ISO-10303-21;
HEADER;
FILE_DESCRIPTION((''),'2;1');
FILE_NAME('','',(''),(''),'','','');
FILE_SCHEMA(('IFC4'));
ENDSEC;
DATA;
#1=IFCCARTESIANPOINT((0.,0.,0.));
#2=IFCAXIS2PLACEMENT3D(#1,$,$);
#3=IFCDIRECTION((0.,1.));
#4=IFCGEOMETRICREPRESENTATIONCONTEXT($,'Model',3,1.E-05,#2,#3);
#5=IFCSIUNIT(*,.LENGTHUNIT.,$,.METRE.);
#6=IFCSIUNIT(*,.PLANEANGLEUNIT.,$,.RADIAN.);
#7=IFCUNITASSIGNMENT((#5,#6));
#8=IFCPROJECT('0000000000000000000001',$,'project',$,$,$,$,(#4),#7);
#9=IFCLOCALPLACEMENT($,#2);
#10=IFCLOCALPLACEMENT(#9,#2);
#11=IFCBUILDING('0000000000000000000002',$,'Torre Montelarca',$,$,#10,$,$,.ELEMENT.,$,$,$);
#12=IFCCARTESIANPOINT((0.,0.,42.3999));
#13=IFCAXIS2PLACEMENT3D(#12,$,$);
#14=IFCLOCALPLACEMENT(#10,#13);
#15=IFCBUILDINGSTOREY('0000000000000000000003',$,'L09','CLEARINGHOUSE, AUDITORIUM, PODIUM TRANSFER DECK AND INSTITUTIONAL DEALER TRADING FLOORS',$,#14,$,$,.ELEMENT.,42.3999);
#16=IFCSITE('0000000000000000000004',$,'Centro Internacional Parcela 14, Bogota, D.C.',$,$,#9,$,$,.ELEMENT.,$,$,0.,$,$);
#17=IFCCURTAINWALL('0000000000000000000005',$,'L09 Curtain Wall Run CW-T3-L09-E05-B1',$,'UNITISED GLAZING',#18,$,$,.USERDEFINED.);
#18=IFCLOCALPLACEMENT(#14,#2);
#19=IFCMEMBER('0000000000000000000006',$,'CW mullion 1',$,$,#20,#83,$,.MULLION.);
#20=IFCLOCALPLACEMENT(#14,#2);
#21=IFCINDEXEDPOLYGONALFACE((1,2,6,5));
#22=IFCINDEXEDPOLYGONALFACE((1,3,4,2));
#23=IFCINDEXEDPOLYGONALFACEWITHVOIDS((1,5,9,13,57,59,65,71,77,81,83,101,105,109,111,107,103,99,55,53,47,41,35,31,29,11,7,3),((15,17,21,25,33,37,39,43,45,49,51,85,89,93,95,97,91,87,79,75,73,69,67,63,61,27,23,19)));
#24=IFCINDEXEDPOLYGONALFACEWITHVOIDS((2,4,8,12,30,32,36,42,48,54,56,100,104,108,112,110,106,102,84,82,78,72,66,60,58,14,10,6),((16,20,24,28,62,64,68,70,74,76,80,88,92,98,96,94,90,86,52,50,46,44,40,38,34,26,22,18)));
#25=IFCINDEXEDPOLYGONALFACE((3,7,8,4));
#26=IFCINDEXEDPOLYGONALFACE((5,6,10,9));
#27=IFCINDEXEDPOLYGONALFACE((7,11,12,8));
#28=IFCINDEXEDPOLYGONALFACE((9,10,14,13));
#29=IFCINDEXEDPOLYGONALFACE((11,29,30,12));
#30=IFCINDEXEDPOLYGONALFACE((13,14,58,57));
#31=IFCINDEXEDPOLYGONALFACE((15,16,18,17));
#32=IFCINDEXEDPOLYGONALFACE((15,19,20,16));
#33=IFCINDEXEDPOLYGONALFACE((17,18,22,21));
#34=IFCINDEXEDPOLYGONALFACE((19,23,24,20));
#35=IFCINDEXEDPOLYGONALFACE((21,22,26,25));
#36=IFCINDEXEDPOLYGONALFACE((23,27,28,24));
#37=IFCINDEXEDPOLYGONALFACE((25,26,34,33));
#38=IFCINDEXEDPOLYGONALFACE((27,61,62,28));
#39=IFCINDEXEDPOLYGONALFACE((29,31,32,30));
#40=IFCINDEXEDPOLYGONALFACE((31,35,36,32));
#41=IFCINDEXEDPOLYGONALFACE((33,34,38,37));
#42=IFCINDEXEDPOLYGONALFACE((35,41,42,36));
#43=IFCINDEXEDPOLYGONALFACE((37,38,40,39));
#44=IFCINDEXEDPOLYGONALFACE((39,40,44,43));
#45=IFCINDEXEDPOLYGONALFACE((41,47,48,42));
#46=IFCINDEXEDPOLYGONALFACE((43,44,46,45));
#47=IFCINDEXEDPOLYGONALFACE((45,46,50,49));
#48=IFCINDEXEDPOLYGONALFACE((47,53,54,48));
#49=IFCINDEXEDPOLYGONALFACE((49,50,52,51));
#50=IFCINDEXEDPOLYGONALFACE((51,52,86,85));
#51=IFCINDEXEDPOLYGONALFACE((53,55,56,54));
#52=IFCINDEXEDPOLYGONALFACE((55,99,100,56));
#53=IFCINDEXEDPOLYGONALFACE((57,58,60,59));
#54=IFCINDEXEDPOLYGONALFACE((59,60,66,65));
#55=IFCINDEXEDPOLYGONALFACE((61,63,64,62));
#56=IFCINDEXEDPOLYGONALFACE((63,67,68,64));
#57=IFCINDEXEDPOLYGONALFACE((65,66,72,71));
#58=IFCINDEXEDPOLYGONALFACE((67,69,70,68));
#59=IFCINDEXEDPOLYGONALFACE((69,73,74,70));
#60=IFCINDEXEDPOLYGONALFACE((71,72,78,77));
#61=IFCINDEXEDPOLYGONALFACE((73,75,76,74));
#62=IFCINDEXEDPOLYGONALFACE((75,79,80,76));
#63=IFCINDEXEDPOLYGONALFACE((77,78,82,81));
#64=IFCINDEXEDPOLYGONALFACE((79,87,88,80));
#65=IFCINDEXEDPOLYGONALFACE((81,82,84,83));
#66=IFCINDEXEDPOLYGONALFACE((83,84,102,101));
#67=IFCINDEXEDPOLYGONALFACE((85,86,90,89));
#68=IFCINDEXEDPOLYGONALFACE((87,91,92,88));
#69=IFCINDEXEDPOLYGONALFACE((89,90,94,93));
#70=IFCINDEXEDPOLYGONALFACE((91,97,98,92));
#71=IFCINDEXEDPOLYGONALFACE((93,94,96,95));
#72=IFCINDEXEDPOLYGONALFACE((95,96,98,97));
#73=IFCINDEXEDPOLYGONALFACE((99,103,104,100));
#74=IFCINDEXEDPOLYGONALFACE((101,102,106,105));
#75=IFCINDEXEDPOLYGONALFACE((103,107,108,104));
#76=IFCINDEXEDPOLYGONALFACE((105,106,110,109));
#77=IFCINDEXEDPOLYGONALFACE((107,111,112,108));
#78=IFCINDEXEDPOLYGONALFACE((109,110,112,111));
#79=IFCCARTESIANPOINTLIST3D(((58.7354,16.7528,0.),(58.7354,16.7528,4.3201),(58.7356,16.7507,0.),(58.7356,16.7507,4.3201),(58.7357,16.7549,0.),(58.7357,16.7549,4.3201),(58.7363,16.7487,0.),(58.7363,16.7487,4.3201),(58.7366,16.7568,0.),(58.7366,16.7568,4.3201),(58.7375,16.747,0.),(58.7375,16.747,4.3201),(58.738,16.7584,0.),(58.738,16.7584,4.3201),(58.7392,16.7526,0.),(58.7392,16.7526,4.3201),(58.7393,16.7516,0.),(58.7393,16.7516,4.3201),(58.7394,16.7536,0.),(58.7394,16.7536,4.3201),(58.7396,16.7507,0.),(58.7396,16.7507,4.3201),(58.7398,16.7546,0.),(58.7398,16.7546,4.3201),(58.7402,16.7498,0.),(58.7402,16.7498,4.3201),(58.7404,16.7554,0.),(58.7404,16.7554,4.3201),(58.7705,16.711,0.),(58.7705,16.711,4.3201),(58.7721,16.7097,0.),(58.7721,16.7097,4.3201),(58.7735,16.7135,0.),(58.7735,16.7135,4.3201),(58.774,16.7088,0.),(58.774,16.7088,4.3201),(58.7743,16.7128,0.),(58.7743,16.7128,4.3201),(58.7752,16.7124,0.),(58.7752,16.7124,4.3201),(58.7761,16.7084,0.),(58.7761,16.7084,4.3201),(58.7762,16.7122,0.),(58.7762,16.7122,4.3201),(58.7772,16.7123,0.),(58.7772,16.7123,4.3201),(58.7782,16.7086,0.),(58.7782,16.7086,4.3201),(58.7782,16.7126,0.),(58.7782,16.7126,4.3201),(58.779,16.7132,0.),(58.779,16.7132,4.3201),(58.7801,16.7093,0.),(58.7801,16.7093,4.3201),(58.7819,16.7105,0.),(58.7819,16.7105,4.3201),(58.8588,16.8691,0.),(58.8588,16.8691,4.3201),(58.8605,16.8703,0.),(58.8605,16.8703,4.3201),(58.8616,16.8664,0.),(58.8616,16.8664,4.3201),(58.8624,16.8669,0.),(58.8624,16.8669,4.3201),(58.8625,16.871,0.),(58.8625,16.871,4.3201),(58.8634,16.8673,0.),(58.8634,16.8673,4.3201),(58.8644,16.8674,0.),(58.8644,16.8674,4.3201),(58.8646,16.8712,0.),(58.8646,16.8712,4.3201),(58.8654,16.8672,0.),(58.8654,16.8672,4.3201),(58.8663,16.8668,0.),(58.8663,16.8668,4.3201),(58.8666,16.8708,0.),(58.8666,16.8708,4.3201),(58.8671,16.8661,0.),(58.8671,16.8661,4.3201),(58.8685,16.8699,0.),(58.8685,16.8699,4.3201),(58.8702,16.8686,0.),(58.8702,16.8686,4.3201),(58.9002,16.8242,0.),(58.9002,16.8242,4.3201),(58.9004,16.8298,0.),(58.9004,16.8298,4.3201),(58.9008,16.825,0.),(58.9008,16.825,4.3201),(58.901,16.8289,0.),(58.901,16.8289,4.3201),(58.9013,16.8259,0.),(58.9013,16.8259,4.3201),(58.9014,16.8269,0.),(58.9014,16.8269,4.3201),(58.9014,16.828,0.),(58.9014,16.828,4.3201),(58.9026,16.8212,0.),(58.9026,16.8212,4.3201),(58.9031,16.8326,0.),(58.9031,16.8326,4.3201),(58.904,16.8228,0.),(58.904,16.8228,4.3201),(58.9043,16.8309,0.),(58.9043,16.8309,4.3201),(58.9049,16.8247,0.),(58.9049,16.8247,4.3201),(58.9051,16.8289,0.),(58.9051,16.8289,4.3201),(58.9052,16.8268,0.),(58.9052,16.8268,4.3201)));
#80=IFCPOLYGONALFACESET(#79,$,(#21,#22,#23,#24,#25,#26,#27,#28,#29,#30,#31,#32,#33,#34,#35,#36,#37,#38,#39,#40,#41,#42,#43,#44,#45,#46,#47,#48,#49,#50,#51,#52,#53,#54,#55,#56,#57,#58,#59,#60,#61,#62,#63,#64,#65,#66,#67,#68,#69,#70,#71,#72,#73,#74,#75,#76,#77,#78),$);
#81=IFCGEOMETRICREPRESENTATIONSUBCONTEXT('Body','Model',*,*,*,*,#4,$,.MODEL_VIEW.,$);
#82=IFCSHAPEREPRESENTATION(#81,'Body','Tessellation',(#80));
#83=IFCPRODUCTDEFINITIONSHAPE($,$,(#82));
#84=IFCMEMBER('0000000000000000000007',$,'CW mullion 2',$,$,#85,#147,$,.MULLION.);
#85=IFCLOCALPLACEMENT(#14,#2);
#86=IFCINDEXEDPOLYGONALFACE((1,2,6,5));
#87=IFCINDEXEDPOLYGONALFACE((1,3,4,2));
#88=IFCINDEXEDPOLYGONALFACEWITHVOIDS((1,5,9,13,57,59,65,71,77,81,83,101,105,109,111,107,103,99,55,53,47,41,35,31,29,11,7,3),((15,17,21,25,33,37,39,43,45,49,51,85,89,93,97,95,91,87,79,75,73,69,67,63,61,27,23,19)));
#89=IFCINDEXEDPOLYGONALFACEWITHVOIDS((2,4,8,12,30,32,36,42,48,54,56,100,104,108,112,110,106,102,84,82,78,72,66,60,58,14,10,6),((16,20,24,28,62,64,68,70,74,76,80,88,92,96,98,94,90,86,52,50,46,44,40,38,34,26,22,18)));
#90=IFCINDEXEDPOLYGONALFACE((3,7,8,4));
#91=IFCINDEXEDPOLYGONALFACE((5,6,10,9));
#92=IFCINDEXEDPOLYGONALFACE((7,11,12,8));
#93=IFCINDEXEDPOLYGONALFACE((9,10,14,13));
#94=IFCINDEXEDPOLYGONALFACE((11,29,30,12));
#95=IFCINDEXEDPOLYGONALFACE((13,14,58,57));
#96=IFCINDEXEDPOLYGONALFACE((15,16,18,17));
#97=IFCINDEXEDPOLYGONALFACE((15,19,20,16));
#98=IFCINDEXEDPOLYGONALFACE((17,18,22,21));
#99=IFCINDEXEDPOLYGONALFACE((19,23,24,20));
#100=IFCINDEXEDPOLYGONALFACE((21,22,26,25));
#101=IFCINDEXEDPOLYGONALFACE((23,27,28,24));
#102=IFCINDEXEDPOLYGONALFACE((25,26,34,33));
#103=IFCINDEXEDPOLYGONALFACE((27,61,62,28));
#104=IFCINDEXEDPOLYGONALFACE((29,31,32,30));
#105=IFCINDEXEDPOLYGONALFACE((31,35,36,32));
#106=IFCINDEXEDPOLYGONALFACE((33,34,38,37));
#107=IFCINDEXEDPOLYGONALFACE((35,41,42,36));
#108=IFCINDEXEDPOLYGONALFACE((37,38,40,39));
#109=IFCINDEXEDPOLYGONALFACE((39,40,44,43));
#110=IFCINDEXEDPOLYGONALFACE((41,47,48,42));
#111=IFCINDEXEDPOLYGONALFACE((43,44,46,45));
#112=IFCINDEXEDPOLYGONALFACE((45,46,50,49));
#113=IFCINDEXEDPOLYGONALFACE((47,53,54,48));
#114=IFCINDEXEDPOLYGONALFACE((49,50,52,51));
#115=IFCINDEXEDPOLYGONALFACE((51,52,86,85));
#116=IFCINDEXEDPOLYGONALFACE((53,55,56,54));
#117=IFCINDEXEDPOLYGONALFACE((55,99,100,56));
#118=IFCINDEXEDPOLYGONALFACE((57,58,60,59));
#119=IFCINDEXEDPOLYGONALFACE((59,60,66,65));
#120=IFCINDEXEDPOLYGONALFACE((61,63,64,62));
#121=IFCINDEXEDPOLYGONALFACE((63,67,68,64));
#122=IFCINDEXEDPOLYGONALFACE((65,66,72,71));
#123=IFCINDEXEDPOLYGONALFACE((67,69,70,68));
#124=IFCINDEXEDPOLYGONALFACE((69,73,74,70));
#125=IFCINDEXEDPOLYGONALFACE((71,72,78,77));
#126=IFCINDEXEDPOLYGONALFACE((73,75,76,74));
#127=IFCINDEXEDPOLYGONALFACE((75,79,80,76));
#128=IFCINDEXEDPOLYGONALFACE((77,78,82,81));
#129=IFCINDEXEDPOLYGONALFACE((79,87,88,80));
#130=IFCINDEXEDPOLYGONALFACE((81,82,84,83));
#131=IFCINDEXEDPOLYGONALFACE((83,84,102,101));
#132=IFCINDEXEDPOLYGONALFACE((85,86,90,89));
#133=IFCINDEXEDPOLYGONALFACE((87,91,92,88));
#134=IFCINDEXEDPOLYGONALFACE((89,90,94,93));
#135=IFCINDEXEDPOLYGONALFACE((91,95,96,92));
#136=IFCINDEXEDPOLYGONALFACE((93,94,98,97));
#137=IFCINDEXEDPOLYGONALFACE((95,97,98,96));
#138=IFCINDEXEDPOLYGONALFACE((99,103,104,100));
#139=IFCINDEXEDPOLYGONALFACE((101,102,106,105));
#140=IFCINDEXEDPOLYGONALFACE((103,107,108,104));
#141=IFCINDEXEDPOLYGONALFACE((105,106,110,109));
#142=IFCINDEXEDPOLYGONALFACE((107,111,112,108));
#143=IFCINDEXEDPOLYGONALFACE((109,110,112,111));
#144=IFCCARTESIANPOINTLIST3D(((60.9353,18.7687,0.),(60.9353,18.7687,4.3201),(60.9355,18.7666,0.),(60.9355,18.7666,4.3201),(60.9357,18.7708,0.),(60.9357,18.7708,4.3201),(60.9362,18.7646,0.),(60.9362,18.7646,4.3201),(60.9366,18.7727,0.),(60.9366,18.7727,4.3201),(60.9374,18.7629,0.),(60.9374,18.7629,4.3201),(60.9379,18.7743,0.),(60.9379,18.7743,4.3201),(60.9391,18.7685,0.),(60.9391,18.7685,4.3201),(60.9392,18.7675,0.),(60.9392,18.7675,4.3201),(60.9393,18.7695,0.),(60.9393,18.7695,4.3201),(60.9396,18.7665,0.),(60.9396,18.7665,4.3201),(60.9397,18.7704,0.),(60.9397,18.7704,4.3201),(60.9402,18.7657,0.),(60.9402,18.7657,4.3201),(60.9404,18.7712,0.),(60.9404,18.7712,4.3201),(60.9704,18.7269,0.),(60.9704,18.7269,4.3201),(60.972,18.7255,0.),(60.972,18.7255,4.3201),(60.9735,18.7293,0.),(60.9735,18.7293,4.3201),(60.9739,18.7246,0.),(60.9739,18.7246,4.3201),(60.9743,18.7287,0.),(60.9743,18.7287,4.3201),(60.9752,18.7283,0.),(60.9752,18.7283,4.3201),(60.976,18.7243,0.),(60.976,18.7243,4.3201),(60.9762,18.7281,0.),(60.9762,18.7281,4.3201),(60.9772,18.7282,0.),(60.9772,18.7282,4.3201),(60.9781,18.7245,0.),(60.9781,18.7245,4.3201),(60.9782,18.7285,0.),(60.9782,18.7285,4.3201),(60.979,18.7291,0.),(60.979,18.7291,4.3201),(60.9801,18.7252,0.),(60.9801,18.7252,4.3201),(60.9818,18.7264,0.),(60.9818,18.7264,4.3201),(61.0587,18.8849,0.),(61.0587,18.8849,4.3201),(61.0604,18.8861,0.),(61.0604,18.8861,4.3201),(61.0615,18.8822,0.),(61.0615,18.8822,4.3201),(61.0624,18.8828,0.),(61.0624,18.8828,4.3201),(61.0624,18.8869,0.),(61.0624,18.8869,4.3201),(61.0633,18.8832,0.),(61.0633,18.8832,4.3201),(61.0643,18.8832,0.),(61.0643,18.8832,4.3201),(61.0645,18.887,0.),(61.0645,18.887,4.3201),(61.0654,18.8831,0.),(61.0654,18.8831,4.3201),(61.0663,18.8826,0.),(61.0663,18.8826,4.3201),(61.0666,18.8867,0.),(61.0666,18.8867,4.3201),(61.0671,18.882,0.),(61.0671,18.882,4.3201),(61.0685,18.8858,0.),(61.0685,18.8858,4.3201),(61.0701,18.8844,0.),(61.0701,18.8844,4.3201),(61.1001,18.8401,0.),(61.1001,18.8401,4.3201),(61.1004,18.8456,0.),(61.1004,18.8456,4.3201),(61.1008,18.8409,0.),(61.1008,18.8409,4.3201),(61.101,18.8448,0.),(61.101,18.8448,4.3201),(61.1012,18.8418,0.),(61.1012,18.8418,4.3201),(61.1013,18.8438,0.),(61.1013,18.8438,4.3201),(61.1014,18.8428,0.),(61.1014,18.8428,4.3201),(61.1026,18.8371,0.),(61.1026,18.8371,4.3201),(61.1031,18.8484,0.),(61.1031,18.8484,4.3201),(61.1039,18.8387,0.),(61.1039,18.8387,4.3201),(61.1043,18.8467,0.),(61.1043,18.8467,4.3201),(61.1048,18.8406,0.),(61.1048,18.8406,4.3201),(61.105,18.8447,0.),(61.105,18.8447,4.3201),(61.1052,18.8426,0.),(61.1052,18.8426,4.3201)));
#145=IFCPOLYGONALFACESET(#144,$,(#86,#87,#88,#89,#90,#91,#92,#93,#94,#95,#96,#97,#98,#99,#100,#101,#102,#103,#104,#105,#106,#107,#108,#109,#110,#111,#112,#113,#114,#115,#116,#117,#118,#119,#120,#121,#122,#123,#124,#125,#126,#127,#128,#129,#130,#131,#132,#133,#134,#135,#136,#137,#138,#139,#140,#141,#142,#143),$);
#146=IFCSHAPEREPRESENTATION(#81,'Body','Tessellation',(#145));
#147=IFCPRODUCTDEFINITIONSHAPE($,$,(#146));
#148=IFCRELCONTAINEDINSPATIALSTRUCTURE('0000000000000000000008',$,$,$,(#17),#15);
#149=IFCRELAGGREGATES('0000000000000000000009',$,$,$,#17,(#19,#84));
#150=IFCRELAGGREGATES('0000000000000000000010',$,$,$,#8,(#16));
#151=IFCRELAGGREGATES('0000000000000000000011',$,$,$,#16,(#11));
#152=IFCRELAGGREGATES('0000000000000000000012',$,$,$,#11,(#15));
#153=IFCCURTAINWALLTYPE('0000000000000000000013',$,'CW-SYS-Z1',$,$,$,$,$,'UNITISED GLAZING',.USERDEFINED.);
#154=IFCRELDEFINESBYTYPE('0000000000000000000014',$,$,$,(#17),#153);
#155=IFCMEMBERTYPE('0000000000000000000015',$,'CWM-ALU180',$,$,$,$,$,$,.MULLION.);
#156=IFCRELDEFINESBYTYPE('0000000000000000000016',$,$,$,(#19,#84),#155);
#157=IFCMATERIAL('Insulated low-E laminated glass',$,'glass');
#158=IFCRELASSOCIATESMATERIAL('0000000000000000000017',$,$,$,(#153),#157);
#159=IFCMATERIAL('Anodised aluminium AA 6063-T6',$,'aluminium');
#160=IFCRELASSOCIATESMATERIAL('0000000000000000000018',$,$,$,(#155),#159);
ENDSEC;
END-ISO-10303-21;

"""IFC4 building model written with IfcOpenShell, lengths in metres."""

from ifc_helpers import new_model, si_unit, direction, frame, origin, origin_2d, place, context, subcontext, project, spatial, hollow_rectangle, extrude, source, transform, mapped, material, material_profile, profile_set, type_object, element, aggregate, save


model = new_model("IFC4")

# Units and contexts
model_context = context("Model", 3, precision=1e-05, world=origin(), true_north=direction((0.0, 1.0)))
body_context = subcontext(model_context, "Body", "Model", "MODEL_VIEW")
ifc_project = project(units=[si_unit("LENGTHUNIT", "METRE"), si_unit("PLANEANGLEUNIT", "RADIAN")], contexts=[model_context])

# Site, building, storey
site_placement = place(None, origin())
site = spatial("IfcSite", under=ifc_project, at=site_placement, Name="Centro Internacional Parcela 14, Bogota, D.C.", CompositionType="ELEMENT", RefElevation=0.0)
building_placement = place(site_placement, origin())
building = spatial("IfcBuilding", under=site, at=building_placement, Name="Torre Montelarca", CompositionType="ELEMENT")
storey_placement = place(building_placement, frame((0.0, 0.0, 42.3999)))
storey = spatial("IfcBuildingStorey", under=building, at=storey_placement, Name="L09", Description="CLEARINGHOUSE, AUDITORIUM, PODIUM TRANSFER DECK AND INSTITUTIONAL DEALER TRADING FLOORS", CompositionType="ELEMENT", Elevation=42.3999)

# Curtain wall, members
ifc_material_1 = material(Name="Insulated low-E laminated glass", Category="glass")
curtain_wall_type = type_object("IfcCurtainWallType", Name="CW-SYS-Z1", ElementType="UNITISED GLAZING", PredefinedType="USERDEFINED", material=ifc_material_1)
ifc_material_2 = material(Name="Anodised aluminium AA 6063-T6", Category="aluminium")
ifc_material_profile_1 = material_profile(ifc_material_2, hollow_rectangle(XDim=0.0649, YDim=0.1799, WallThickness=0.0039, InnerFilletRadius=0.0039, OuterFilletRadius=0.0081, at=origin_2d()), Name="ALU65X180X4", Category="aluminium")
ifc_profile_set_1 = profile_set([ifc_material_profile_1], Name="Anodised aluminium AA 6063-T6")
member_type_1 = type_object("IfcMemberType", Name="CWM-ALU180", PredefinedType="MULLION", material=ifc_profile_set_1)
shared_shape_1 = source(origin(), body_context, "Body", "SweptSolid", [
    extrude(hollow_rectangle(XDim=0.0649, YDim=0.1799, WallThickness=0.0039, InnerFilletRadius=0.0039, OuterFilletRadius=0.0081, at=origin_2d()), origin(), (0.0, 0.0, 1.0), 4.3201),
])
curtain_wall_1_placement = place(storey_placement, origin())
curtain_wall_1 = element("IfcCurtainWall", 1, at=curtain_wall_1_placement, inside=storey, type_object=curtain_wall_type, Name="L09 Curtain Wall Run CW-T3-L09-E05-B1", ObjectType="UNITISED GLAZING", PredefinedType="USERDEFINED")
member_1_placement = place(storey_placement, frame((58.8203, 16.7898, 0.0), z_axis=(0.0, 0.0, 1.0), x_axis=(-0.675574, 0.737292, 0.0)))
member_1 = element("IfcMember", 2, at=member_1_placement, type_object=member_type_1, Name="CW mullion 1", PredefinedType="MULLION", context=body_context, shape_type="MappedRepresentation", body=[
    mapped(shared_shape_1, transform((0.0, 0.0, 0.0), scale=1.0)),
])
member_2_placement = place(storey_placement, frame((61.0203, 18.8057, 0.0), z_axis=(0.0, 0.0, 1.0), x_axis=(-0.675574, 0.737292, 0.0)))
member_2 = element("IfcMember", 3, at=member_2_placement, type_object=member_type_1, Name="CW mullion 2", PredefinedType="MULLION", context=body_context, shape_type="MappedRepresentation", body=[
    mapped(shared_shape_1, transform((0.0, 0.0, 0.0), scale=1.0)),
])

aggregate(curtain_wall_1, [member_1, member_2])

save(model, "model.ifc")
